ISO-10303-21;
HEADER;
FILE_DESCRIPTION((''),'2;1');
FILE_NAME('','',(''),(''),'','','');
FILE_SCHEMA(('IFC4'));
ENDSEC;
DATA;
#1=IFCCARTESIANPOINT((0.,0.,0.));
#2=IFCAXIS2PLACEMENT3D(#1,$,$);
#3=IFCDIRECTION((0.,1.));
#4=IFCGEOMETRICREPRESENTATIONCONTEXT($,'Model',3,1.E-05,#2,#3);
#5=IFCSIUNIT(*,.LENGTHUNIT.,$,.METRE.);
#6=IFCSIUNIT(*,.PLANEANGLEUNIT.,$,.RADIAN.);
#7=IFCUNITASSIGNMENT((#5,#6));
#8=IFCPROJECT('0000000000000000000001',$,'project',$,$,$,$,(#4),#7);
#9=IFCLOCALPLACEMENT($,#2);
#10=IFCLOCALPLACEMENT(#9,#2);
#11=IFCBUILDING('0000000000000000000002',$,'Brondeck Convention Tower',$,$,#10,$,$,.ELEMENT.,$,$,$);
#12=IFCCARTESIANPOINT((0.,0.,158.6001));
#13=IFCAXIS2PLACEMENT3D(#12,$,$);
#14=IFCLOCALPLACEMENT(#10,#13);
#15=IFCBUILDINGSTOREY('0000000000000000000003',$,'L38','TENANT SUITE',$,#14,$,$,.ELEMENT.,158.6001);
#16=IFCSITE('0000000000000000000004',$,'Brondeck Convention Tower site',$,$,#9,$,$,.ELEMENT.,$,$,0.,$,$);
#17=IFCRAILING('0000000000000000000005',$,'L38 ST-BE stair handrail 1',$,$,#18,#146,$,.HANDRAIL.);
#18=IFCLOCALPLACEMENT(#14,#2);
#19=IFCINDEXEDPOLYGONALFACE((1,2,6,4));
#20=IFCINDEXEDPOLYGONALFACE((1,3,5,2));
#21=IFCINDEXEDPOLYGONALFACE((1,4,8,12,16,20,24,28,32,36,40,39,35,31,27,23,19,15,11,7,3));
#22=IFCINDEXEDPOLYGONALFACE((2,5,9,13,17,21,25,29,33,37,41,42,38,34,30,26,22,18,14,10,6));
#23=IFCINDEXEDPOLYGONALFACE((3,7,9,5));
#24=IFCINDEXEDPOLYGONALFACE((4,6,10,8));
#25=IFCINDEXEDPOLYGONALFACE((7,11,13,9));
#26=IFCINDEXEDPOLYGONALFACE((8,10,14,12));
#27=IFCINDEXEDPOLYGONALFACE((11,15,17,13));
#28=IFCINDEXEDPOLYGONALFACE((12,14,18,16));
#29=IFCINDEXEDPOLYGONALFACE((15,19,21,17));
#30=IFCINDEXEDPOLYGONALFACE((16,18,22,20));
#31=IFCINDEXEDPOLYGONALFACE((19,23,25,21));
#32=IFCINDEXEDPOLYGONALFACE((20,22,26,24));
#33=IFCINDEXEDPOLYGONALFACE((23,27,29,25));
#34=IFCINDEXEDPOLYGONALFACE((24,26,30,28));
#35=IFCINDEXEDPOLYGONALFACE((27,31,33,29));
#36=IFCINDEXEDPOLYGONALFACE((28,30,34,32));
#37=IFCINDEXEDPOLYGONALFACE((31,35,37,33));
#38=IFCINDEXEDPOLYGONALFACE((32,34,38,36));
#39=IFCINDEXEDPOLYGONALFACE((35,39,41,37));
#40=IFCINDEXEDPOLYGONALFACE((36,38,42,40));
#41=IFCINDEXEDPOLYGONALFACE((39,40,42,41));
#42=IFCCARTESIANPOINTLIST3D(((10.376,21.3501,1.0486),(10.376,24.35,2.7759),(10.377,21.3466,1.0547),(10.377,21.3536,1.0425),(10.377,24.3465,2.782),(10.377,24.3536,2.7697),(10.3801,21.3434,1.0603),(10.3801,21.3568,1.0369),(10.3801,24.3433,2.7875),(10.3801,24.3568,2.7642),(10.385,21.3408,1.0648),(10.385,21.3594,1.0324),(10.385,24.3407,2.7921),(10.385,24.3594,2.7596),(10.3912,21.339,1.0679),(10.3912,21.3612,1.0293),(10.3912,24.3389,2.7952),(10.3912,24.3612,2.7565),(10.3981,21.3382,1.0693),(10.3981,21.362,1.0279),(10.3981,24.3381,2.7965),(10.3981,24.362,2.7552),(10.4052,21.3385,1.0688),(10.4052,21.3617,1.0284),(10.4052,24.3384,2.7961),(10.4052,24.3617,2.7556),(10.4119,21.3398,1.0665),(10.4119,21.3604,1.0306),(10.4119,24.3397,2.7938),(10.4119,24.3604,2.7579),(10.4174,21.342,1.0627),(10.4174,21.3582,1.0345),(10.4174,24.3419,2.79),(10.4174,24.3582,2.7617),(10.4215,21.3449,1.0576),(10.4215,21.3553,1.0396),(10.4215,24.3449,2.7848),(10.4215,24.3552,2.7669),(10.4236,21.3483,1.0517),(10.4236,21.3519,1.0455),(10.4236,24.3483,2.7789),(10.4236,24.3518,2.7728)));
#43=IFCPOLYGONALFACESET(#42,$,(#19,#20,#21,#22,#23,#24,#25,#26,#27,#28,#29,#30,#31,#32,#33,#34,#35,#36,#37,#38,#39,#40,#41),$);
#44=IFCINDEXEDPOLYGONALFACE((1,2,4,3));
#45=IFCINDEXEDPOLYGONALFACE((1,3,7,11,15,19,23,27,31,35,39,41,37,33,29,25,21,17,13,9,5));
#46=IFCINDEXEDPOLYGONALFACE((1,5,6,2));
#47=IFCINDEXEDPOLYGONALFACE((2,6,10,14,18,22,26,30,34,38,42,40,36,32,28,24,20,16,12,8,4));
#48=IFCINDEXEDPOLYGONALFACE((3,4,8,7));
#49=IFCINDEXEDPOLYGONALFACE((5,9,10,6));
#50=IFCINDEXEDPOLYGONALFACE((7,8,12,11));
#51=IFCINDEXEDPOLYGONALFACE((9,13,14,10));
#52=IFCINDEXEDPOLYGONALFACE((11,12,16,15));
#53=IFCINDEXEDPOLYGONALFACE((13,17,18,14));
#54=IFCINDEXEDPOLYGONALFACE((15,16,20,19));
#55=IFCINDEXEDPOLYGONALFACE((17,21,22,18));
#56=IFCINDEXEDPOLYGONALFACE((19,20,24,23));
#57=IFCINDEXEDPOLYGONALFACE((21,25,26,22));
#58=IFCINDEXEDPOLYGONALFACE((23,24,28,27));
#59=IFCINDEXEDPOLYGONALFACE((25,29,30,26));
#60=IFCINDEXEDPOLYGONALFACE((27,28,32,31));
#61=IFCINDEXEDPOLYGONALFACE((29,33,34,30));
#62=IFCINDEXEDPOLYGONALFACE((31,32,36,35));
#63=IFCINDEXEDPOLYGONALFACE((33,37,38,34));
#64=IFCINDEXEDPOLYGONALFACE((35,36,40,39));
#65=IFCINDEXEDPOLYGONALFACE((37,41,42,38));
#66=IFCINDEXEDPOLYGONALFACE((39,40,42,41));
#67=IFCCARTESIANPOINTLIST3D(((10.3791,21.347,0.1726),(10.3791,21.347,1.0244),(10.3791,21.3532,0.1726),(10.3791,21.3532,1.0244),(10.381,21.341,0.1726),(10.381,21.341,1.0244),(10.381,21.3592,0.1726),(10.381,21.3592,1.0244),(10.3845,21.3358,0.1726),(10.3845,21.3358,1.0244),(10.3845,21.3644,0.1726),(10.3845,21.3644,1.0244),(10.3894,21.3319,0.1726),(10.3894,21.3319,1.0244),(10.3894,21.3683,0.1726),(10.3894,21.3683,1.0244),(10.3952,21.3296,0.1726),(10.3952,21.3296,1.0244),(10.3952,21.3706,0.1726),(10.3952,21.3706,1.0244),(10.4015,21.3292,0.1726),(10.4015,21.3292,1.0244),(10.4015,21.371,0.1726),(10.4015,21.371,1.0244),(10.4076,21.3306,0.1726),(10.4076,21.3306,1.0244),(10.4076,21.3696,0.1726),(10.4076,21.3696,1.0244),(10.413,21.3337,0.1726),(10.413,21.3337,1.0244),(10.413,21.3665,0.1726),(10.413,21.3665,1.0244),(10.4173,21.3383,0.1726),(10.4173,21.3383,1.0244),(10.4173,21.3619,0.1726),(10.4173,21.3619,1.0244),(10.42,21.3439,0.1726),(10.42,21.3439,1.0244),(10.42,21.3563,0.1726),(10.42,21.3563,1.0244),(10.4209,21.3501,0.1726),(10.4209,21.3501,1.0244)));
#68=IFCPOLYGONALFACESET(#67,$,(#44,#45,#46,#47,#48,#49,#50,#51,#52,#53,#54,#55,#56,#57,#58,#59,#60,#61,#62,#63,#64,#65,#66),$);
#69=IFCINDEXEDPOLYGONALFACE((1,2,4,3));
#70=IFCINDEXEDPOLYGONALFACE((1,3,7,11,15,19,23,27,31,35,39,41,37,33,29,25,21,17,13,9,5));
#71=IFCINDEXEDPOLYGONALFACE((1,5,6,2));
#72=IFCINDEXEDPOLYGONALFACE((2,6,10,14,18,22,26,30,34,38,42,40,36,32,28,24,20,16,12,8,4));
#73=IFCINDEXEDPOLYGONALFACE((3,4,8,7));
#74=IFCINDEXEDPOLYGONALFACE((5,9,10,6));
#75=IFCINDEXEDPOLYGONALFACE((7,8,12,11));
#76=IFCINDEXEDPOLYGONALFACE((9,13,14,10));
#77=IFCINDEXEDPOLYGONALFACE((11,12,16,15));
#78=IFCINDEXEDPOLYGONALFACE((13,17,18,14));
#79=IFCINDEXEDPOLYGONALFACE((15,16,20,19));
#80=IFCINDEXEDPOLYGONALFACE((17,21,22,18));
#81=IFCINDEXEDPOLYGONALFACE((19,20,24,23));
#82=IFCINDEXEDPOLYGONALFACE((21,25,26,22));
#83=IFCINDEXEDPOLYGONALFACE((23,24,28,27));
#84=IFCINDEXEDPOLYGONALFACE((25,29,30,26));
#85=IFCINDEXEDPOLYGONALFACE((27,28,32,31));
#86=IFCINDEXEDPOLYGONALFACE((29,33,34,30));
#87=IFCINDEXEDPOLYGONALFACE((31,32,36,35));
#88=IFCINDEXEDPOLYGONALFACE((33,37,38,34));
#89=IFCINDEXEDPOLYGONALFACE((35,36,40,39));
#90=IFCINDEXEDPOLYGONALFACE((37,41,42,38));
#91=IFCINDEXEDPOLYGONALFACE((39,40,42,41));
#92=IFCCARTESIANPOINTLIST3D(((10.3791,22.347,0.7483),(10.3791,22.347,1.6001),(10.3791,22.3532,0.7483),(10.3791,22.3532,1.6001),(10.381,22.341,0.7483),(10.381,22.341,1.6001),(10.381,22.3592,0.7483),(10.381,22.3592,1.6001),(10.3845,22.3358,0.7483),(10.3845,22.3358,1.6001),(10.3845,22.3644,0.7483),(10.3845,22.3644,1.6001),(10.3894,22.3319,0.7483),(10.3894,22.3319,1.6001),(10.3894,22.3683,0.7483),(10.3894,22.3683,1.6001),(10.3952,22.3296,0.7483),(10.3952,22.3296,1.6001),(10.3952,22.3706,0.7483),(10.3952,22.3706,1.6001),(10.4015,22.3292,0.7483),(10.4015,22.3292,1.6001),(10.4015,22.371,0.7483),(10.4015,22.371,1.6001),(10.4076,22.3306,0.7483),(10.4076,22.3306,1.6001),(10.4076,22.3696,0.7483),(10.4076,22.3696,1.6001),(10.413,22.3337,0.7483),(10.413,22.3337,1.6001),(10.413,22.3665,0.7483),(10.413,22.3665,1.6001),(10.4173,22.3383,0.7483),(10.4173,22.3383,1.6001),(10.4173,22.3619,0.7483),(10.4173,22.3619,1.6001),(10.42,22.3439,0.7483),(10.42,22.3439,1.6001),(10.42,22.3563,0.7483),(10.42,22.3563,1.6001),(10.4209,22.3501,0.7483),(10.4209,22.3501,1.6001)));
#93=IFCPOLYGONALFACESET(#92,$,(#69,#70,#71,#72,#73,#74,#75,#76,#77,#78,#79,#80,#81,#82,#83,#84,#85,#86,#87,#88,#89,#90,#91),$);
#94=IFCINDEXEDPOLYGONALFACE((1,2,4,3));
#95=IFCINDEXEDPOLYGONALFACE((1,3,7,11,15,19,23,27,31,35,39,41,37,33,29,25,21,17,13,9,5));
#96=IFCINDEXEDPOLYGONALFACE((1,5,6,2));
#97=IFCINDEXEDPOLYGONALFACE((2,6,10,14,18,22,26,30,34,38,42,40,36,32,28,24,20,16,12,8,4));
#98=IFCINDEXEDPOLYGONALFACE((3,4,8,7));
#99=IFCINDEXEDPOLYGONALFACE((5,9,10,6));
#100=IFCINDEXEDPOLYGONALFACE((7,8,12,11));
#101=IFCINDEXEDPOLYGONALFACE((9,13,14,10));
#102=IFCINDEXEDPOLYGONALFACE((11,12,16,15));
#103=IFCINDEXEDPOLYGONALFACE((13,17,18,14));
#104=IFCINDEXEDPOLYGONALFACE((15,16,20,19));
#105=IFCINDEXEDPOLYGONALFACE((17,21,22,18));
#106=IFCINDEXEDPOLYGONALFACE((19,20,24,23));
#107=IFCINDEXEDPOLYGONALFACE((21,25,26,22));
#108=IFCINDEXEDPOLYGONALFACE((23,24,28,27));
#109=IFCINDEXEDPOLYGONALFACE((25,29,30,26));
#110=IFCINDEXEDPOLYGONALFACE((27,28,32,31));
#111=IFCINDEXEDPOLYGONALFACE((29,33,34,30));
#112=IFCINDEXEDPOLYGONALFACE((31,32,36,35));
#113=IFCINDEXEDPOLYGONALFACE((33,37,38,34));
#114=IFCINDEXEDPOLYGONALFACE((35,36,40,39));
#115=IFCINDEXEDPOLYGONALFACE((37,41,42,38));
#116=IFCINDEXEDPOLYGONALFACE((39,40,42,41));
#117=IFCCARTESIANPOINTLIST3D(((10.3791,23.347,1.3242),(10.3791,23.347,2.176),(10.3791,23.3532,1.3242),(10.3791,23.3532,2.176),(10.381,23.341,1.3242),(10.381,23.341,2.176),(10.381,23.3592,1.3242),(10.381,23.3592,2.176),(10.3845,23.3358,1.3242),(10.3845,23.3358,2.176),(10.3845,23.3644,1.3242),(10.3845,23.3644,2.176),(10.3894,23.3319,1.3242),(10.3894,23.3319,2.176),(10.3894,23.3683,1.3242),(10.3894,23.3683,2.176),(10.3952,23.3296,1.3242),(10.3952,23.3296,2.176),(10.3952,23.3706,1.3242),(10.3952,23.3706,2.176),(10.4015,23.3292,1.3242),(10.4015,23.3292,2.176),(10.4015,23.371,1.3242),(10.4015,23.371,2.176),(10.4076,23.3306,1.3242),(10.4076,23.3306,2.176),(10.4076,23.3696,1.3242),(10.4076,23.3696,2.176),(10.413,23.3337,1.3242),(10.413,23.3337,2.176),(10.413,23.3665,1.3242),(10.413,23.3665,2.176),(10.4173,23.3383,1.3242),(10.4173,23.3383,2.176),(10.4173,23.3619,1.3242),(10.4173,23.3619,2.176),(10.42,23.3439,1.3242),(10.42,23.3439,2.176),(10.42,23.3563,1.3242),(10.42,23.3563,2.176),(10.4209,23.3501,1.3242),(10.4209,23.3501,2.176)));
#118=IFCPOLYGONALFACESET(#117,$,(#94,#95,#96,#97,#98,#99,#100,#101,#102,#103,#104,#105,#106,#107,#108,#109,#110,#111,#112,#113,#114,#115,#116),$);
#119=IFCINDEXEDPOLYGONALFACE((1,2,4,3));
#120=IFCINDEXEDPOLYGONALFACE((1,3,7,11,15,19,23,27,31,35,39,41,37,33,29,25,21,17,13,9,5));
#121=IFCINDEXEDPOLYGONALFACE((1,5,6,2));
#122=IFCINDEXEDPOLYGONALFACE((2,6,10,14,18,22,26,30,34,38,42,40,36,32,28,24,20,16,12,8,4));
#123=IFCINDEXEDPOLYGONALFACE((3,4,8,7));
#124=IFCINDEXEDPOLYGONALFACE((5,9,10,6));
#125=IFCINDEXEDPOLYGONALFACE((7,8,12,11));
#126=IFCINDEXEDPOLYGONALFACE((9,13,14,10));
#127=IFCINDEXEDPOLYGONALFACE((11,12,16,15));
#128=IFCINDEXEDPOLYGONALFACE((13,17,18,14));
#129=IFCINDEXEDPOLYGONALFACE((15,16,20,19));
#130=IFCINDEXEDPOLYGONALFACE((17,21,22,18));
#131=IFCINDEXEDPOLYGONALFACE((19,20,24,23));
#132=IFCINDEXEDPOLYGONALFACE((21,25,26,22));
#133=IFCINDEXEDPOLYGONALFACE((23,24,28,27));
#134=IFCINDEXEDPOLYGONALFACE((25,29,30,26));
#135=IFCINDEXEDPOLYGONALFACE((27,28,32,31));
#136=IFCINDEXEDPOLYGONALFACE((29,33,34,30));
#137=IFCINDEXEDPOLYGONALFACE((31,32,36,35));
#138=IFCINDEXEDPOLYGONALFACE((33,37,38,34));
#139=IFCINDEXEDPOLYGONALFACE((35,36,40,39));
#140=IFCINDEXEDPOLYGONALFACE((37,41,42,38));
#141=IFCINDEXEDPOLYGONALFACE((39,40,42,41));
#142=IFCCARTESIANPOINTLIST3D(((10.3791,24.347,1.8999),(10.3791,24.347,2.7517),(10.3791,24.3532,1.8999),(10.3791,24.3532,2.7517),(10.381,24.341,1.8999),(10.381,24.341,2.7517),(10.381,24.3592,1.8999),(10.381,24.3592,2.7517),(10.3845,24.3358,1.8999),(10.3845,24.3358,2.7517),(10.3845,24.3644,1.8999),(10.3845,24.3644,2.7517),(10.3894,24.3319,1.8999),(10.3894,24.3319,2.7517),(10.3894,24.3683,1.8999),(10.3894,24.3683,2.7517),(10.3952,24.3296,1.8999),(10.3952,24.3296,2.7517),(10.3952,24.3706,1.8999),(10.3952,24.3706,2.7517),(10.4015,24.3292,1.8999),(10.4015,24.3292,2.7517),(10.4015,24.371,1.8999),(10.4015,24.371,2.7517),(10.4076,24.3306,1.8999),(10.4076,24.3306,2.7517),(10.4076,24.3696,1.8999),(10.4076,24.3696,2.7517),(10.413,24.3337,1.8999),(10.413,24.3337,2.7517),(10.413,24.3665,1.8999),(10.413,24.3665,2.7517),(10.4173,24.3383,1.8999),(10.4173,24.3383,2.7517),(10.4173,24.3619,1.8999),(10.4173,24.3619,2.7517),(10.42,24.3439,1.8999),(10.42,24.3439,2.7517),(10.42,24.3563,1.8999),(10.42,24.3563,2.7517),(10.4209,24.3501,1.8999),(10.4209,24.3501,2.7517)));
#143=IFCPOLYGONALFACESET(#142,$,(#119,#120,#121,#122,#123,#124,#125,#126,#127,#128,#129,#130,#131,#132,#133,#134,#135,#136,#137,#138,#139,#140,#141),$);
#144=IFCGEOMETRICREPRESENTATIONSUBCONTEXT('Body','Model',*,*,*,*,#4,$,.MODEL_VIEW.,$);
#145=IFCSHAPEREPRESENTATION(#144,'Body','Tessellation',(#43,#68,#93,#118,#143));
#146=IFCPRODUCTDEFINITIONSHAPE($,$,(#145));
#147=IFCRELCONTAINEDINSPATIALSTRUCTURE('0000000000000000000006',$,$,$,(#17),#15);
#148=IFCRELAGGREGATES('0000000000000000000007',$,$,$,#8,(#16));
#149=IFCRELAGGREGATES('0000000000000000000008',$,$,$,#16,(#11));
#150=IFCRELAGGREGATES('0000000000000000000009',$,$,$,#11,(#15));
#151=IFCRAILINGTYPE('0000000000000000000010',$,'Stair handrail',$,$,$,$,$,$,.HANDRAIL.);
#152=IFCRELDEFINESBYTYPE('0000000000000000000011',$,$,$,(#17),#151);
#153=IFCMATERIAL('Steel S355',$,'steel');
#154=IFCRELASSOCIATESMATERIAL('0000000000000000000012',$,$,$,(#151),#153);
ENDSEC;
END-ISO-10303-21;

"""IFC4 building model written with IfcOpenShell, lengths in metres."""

from ifc_helpers import new_model, si_unit, direction, frame, origin, origin_2d, place, context, subcontext, project, spatial, circle, extrude, material, type_object, element, save


model = new_model("IFC4")

# Units and contexts
model_context = context("Model", 3, precision=1e-05, world=origin(), true_north=direction((0.0, 1.0)))
body_context = subcontext(model_context, "Body", "Model", "MODEL_VIEW")
ifc_project = project(units=[si_unit("LENGTHUNIT", "METRE"), si_unit("PLANEANGLEUNIT", "RADIAN")], contexts=[model_context])

# Site, building, storey
site_placement = place(None, origin())
site = spatial("IfcSite", under=ifc_project, at=site_placement, Name="Brondeck Convention Tower site", CompositionType="ELEMENT", RefElevation=0.0)
building_placement = place(site_placement, origin())
building = spatial("IfcBuilding", under=site, at=building_placement, Name="Brondeck Convention Tower", CompositionType="ELEMENT")
storey_placement = place(building_placement, frame((0.0, 0.0, 158.6001)))
storey = spatial("IfcBuildingStorey", under=building, at=storey_placement, Name="L38", Description="TENANT SUITE", CompositionType="ELEMENT", Elevation=158.6001)

# Shared definitions
ifc_material_1 = material(Name="Steel S355", Category="steel")

# Railing
railing_type = type_object("IfcRailingType", Name="Stair handrail", PredefinedType="HANDRAIL", material=ifc_material_1)
railing_placement = place(storey_placement, frame((10.3999, 21.3501, 0.1726)))
element("IfcRailing", 1, at=railing_placement, inside=storey, type_object=railing_type, Name="L38 ST-BE stair handrail 1", PredefinedType="HANDRAIL", context=body_context, shape_type="SweptSolid", body=[
    extrude(circle(Radius=0.0239, at=origin_2d()), frame((0.0, 0.0, 0.876), z_axis=(0.0, 0.86662, 0.498969), x_axis=(-1.0, 0.0, 0.0)), (0.0, 0.0, 1.0), 3.4617),
    extrude(circle(Radius=0.021, at=origin_2d()), origin(), (0.0, 0.0, 1.0), 0.8518),
    extrude(circle(Radius=0.021, at=origin_2d()), frame((0.0, 1.0, 0.5757)), (0.0, 0.0, 1.0), 0.8518),
    extrude(circle(Radius=0.021, at=origin_2d()), frame((0.0, 2.0, 1.1516)), (0.0, 0.0, 1.0), 0.8518),
    extrude(circle(Radius=0.021, at=origin_2d()), frame((0.0, 3.0, 1.7273)), (0.0, 0.0, 1.0), 0.8518),
])

save(model, "model.ifc")
